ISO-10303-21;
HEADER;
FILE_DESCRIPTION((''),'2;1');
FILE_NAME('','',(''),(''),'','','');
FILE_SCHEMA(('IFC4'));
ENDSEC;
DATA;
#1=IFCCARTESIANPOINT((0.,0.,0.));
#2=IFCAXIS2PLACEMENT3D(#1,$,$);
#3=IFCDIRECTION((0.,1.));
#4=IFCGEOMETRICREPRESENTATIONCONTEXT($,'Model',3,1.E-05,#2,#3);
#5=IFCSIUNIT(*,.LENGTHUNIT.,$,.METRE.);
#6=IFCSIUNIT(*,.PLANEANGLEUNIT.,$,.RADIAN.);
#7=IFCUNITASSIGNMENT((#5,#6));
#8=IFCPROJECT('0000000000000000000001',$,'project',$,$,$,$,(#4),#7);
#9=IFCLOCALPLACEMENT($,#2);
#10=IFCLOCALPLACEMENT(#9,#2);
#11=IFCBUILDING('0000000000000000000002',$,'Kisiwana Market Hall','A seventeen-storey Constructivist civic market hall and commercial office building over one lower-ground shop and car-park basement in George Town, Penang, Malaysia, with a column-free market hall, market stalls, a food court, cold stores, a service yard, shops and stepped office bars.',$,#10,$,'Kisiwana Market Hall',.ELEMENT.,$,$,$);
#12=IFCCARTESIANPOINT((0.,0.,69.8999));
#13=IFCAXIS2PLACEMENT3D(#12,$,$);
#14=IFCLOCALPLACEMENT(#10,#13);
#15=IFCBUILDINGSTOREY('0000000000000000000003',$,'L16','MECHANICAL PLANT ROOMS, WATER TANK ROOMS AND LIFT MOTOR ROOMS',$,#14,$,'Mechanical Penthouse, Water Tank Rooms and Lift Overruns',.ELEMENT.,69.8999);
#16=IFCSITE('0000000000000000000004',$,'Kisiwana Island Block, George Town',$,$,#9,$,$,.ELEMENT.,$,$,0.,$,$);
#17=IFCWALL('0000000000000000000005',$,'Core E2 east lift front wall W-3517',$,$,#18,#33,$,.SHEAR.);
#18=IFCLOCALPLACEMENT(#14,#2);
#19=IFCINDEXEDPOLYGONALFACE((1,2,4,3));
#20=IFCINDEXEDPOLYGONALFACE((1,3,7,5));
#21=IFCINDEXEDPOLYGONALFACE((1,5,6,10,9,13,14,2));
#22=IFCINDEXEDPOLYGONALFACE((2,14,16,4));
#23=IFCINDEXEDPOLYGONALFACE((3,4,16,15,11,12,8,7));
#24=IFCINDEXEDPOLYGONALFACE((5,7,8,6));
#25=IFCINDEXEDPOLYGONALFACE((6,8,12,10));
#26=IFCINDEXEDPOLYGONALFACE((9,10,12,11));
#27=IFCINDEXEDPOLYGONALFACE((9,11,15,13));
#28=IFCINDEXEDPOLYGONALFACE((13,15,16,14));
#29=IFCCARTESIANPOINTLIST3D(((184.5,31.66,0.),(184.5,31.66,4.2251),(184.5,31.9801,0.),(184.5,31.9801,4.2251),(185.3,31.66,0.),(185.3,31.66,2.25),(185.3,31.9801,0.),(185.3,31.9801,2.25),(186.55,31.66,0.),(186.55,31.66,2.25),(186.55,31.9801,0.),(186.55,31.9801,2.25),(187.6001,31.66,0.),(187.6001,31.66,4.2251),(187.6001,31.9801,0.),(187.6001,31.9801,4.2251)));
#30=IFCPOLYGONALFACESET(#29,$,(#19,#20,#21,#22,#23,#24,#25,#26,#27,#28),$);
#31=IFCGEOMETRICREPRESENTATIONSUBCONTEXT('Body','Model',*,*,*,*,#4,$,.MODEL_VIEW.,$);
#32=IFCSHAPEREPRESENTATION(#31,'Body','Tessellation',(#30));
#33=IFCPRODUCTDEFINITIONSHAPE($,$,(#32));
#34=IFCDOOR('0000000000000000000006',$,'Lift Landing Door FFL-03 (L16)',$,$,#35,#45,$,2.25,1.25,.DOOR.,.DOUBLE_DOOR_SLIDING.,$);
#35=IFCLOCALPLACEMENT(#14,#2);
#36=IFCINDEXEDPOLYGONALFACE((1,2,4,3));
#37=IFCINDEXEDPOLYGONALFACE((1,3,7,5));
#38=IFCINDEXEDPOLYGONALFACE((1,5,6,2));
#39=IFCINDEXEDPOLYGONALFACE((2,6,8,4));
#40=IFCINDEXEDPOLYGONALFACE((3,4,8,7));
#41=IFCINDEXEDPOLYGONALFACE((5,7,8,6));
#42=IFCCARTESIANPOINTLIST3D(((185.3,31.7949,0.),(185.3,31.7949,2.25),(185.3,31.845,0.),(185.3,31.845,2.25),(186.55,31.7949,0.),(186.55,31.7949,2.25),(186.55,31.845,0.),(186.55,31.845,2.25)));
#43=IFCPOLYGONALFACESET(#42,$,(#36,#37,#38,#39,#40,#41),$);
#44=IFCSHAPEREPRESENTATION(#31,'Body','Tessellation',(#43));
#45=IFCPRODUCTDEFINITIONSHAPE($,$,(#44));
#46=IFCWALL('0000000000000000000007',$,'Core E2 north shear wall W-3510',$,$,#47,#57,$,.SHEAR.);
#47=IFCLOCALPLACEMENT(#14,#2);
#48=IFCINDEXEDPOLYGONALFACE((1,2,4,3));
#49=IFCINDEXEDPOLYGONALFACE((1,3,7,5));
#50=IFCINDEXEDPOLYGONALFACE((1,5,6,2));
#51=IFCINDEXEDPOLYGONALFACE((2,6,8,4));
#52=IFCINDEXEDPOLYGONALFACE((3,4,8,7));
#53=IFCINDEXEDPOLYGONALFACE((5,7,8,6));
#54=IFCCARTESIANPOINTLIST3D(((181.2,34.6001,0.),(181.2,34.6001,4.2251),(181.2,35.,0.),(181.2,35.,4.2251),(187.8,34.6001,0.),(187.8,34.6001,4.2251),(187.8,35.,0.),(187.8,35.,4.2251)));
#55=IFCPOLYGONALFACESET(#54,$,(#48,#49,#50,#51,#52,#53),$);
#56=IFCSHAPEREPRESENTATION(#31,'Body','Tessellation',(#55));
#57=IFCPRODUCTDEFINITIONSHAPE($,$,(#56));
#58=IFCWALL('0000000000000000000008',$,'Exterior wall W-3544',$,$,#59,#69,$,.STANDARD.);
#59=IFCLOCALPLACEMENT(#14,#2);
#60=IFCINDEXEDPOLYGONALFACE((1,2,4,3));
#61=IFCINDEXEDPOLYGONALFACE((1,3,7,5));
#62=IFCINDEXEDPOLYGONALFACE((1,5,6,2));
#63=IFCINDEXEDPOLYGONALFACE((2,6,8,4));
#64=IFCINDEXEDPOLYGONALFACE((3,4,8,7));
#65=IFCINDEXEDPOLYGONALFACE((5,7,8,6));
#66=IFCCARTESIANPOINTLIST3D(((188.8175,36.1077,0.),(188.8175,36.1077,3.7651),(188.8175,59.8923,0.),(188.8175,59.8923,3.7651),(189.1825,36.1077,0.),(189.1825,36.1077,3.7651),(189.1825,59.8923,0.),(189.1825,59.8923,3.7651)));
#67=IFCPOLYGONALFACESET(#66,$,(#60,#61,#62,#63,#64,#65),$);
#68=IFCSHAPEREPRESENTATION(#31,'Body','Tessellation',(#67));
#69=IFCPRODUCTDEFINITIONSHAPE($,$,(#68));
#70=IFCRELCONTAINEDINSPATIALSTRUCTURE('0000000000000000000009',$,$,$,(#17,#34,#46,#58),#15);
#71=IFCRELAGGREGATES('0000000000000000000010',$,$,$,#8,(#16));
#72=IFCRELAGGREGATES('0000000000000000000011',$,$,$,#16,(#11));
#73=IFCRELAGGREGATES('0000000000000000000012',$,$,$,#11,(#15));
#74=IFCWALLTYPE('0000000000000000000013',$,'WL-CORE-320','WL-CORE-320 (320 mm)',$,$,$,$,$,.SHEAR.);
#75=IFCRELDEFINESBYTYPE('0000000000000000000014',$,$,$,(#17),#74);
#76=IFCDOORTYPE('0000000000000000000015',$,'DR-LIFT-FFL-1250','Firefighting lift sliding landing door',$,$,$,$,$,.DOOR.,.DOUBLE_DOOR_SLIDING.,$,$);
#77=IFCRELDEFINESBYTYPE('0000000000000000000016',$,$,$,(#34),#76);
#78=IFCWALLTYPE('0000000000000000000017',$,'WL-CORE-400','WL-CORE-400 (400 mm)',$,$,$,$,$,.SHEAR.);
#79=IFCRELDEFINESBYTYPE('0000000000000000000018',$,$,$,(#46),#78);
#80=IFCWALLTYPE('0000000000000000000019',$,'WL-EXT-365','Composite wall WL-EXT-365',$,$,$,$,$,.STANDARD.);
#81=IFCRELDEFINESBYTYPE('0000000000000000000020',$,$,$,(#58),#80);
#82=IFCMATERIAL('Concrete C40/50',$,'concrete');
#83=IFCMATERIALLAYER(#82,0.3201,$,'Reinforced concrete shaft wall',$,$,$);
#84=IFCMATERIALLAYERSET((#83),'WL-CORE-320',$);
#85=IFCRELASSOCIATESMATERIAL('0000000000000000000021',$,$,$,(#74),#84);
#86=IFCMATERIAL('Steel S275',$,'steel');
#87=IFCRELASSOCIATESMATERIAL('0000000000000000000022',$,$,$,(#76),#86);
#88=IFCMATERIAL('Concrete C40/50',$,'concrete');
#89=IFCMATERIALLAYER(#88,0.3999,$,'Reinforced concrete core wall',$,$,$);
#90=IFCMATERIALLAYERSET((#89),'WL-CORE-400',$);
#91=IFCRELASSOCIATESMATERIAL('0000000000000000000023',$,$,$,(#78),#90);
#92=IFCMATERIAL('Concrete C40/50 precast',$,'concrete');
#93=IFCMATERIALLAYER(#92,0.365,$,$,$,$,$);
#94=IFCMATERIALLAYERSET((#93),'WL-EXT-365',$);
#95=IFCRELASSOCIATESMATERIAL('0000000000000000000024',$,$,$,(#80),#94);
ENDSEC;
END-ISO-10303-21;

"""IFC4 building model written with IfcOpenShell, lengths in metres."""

from ifc_helpers import new_model, si_unit, direction, frame, frame_2d, origin, place, context, subcontext, project, spatial, rectangle, extrude, material, layer, layer_set, type_object, element, fill, save


model = new_model("IFC4")

# Units and contexts
model_context = context("Model", 3, precision=1e-05, world=origin(), true_north=direction((0.0, 1.0)))
body_context = subcontext(model_context, "Body", "Model", "MODEL_VIEW")
ifc_project = project(units=[si_unit("LENGTHUNIT", "METRE"), si_unit("PLANEANGLEUNIT", "RADIAN")], contexts=[model_context])

# Site, building, storey
site_placement = place(None, origin())
site = spatial("IfcSite", under=ifc_project, at=site_placement, Name="Kisiwana Island Block, George Town", CompositionType="ELEMENT", RefElevation=0.0)
building_placement = place(site_placement, origin())
building = spatial("IfcBuilding", under=site, at=building_placement, Name="Kisiwana Market Hall", Description="A seventeen-storey Constructivist civic market hall and commercial office building over one lower-ground shop and car-park basement in George Town, Penang, Malaysia, with a column-free market hall, market stalls, a food court, cold stores, a service yard, shops and stepped office bars.", LongName="Kisiwana Market Hall", CompositionType="ELEMENT")
storey_placement = place(building_placement, frame((0.0, 0.0, 69.8999)))
storey = spatial("IfcBuildingStorey", under=building, at=storey_placement, Name="L16", Description="MECHANICAL PLANT ROOMS, WATER TANK ROOMS AND LIFT MOTOR ROOMS", LongName="Mechanical Penthouse, Water Tank Rooms and Lift Overruns", CompositionType="ELEMENT", Elevation=69.8999)

# Wall, opening, door
ifc_material_1 = material(Name="Concrete C40/50", Category="concrete")
ifc_layer_1 = layer(ifc_material_1, 0.3201, Name="Reinforced concrete shaft wall")
ifc_layer_set_1 = layer_set([ifc_layer_1], Name="WL-CORE-320")
wall_type_1 = type_object("IfcWallType", Name="WL-CORE-320", Description="WL-CORE-320 (320 mm)", PredefinedType="SHEAR", material=ifc_layer_set_1)
wall_1_placement = place(storey_placement, frame((184.5, 31.8201, 0.0), z_axis=(0.0, 0.0, 1.0), x_axis=(1.0, 0.0, 0.0)))
wall_1 = element("IfcWall", 1, at=wall_1_placement, inside=storey, type_object=wall_type_1, Name="Core E2 east lift front wall W-3517", PredefinedType="SHEAR", context=body_context, shape_type="SweptSolid", body=[
    extrude(rectangle(XDim=3.1001, YDim=0.3201, at=frame_2d((1.55, 0.0))), origin(), (0.0, 0.0, 1.0), 4.2251),
])
opening_1_placement = place(wall_1_placement, frame((0.8, 0.0, 0.0)))
opening_1 = element("IfcOpeningElement", 2, at=opening_1_placement, cuts=wall_1, PredefinedType="OPENING", context=body_context, shape_type="SweptSolid", body=[
    extrude(rectangle(XDim=1.25, YDim=2.25, at=frame_2d((0.625, 1.125))), frame((0.0, 0.1719, 0.0), z_axis=(0.0, -1.0, 0.0), x_axis=(1.0, 0.0, 0.0)), (0.0, 0.0, 1.0), 0.344),
])
ifc_material_2 = material(Name="Steel S275", Category="steel")
door_type_1 = type_object("IfcDoorType", Name="DR-LIFT-FFL-1250", Description="Firefighting lift sliding landing door", OperationType="DOUBLE_DOOR_SLIDING", PredefinedType="DOOR", material=ifc_material_2)
door_1_placement = place(opening_1_placement, origin())
door_1 = element("IfcDoor", 3, at=door_1_placement, inside=storey, type_object=door_type_1, Name="Lift Landing Door FFL-03 (L16)", OperationType="DOUBLE_DOOR_SLIDING", OverallHeight=2.25, OverallWidth=1.25, PredefinedType="DOOR", context=body_context, shape_type="SweptSolid", body=[
    extrude(rectangle(XDim=1.25, YDim=2.25, at=frame_2d((0.625, 1.125))), frame((0.0, 0.0249, 0.0), z_axis=(0.0, -1.0, 0.0), x_axis=(1.0, 0.0, 0.0)), (0.0, 0.0, 1.0), 0.05),
])
fill(opening_1, door_1)

# Walls
ifc_material_3 = material(Name="Concrete C40/50", Category="concrete")
ifc_layer_2 = layer(ifc_material_3, 0.3999, Name="Reinforced concrete core wall")
ifc_layer_set_2 = layer_set([ifc_layer_2], Name="WL-CORE-400")
wall_type_2 = type_object("IfcWallType", Name="WL-CORE-400", Description="WL-CORE-400 (400 mm)", PredefinedType="SHEAR", material=ifc_layer_set_2)
wall_2_placement = place(storey_placement, frame((181.2, 34.8, 0.0), z_axis=(0.0, 0.0, 1.0), x_axis=(1.0, 0.0, 0.0)))
element("IfcWall", 4, at=wall_2_placement, inside=storey, type_object=wall_type_2, Name="Core E2 north shear wall W-3510", PredefinedType="SHEAR", context=body_context, shape_type="SweptSolid", body=[
    extrude(rectangle(XDim=6.6001, YDim=0.3999, at=frame_2d((3.3, 0.0))), origin(), (0.0, 0.0, 1.0), 4.2251),
])
ifc_material_4 = material(Name="Concrete C40/50 precast", Category="concrete")
ifc_layer_3 = layer(ifc_material_4, 0.365)
ifc_layer_set_3 = layer_set([ifc_layer_3], Name="WL-EXT-365")
wall_type_3 = type_object("IfcWallType", Name="WL-EXT-365", Description="Composite wall WL-EXT-365", PredefinedType="STANDARD", material=ifc_layer_set_3)
wall_3_placement = place(storey_placement, frame((189.0, 36.1077, 0.0), z_axis=(0.0, 0.0, 1.0), x_axis=(0.0, 1.0, 0.0)))
element("IfcWall", 5, at=wall_3_placement, inside=storey, type_object=wall_type_3, Name="Exterior wall W-3544", PredefinedType="STANDARD", context=body_context, shape_type="SweptSolid", body=[
    extrude(rectangle(XDim=23.7847, YDim=0.365, at=frame_2d((11.8923, 0.0))), origin(), (0.0, 0.0, 1.0), 3.7651),
])

save(model, "model.ifc")
